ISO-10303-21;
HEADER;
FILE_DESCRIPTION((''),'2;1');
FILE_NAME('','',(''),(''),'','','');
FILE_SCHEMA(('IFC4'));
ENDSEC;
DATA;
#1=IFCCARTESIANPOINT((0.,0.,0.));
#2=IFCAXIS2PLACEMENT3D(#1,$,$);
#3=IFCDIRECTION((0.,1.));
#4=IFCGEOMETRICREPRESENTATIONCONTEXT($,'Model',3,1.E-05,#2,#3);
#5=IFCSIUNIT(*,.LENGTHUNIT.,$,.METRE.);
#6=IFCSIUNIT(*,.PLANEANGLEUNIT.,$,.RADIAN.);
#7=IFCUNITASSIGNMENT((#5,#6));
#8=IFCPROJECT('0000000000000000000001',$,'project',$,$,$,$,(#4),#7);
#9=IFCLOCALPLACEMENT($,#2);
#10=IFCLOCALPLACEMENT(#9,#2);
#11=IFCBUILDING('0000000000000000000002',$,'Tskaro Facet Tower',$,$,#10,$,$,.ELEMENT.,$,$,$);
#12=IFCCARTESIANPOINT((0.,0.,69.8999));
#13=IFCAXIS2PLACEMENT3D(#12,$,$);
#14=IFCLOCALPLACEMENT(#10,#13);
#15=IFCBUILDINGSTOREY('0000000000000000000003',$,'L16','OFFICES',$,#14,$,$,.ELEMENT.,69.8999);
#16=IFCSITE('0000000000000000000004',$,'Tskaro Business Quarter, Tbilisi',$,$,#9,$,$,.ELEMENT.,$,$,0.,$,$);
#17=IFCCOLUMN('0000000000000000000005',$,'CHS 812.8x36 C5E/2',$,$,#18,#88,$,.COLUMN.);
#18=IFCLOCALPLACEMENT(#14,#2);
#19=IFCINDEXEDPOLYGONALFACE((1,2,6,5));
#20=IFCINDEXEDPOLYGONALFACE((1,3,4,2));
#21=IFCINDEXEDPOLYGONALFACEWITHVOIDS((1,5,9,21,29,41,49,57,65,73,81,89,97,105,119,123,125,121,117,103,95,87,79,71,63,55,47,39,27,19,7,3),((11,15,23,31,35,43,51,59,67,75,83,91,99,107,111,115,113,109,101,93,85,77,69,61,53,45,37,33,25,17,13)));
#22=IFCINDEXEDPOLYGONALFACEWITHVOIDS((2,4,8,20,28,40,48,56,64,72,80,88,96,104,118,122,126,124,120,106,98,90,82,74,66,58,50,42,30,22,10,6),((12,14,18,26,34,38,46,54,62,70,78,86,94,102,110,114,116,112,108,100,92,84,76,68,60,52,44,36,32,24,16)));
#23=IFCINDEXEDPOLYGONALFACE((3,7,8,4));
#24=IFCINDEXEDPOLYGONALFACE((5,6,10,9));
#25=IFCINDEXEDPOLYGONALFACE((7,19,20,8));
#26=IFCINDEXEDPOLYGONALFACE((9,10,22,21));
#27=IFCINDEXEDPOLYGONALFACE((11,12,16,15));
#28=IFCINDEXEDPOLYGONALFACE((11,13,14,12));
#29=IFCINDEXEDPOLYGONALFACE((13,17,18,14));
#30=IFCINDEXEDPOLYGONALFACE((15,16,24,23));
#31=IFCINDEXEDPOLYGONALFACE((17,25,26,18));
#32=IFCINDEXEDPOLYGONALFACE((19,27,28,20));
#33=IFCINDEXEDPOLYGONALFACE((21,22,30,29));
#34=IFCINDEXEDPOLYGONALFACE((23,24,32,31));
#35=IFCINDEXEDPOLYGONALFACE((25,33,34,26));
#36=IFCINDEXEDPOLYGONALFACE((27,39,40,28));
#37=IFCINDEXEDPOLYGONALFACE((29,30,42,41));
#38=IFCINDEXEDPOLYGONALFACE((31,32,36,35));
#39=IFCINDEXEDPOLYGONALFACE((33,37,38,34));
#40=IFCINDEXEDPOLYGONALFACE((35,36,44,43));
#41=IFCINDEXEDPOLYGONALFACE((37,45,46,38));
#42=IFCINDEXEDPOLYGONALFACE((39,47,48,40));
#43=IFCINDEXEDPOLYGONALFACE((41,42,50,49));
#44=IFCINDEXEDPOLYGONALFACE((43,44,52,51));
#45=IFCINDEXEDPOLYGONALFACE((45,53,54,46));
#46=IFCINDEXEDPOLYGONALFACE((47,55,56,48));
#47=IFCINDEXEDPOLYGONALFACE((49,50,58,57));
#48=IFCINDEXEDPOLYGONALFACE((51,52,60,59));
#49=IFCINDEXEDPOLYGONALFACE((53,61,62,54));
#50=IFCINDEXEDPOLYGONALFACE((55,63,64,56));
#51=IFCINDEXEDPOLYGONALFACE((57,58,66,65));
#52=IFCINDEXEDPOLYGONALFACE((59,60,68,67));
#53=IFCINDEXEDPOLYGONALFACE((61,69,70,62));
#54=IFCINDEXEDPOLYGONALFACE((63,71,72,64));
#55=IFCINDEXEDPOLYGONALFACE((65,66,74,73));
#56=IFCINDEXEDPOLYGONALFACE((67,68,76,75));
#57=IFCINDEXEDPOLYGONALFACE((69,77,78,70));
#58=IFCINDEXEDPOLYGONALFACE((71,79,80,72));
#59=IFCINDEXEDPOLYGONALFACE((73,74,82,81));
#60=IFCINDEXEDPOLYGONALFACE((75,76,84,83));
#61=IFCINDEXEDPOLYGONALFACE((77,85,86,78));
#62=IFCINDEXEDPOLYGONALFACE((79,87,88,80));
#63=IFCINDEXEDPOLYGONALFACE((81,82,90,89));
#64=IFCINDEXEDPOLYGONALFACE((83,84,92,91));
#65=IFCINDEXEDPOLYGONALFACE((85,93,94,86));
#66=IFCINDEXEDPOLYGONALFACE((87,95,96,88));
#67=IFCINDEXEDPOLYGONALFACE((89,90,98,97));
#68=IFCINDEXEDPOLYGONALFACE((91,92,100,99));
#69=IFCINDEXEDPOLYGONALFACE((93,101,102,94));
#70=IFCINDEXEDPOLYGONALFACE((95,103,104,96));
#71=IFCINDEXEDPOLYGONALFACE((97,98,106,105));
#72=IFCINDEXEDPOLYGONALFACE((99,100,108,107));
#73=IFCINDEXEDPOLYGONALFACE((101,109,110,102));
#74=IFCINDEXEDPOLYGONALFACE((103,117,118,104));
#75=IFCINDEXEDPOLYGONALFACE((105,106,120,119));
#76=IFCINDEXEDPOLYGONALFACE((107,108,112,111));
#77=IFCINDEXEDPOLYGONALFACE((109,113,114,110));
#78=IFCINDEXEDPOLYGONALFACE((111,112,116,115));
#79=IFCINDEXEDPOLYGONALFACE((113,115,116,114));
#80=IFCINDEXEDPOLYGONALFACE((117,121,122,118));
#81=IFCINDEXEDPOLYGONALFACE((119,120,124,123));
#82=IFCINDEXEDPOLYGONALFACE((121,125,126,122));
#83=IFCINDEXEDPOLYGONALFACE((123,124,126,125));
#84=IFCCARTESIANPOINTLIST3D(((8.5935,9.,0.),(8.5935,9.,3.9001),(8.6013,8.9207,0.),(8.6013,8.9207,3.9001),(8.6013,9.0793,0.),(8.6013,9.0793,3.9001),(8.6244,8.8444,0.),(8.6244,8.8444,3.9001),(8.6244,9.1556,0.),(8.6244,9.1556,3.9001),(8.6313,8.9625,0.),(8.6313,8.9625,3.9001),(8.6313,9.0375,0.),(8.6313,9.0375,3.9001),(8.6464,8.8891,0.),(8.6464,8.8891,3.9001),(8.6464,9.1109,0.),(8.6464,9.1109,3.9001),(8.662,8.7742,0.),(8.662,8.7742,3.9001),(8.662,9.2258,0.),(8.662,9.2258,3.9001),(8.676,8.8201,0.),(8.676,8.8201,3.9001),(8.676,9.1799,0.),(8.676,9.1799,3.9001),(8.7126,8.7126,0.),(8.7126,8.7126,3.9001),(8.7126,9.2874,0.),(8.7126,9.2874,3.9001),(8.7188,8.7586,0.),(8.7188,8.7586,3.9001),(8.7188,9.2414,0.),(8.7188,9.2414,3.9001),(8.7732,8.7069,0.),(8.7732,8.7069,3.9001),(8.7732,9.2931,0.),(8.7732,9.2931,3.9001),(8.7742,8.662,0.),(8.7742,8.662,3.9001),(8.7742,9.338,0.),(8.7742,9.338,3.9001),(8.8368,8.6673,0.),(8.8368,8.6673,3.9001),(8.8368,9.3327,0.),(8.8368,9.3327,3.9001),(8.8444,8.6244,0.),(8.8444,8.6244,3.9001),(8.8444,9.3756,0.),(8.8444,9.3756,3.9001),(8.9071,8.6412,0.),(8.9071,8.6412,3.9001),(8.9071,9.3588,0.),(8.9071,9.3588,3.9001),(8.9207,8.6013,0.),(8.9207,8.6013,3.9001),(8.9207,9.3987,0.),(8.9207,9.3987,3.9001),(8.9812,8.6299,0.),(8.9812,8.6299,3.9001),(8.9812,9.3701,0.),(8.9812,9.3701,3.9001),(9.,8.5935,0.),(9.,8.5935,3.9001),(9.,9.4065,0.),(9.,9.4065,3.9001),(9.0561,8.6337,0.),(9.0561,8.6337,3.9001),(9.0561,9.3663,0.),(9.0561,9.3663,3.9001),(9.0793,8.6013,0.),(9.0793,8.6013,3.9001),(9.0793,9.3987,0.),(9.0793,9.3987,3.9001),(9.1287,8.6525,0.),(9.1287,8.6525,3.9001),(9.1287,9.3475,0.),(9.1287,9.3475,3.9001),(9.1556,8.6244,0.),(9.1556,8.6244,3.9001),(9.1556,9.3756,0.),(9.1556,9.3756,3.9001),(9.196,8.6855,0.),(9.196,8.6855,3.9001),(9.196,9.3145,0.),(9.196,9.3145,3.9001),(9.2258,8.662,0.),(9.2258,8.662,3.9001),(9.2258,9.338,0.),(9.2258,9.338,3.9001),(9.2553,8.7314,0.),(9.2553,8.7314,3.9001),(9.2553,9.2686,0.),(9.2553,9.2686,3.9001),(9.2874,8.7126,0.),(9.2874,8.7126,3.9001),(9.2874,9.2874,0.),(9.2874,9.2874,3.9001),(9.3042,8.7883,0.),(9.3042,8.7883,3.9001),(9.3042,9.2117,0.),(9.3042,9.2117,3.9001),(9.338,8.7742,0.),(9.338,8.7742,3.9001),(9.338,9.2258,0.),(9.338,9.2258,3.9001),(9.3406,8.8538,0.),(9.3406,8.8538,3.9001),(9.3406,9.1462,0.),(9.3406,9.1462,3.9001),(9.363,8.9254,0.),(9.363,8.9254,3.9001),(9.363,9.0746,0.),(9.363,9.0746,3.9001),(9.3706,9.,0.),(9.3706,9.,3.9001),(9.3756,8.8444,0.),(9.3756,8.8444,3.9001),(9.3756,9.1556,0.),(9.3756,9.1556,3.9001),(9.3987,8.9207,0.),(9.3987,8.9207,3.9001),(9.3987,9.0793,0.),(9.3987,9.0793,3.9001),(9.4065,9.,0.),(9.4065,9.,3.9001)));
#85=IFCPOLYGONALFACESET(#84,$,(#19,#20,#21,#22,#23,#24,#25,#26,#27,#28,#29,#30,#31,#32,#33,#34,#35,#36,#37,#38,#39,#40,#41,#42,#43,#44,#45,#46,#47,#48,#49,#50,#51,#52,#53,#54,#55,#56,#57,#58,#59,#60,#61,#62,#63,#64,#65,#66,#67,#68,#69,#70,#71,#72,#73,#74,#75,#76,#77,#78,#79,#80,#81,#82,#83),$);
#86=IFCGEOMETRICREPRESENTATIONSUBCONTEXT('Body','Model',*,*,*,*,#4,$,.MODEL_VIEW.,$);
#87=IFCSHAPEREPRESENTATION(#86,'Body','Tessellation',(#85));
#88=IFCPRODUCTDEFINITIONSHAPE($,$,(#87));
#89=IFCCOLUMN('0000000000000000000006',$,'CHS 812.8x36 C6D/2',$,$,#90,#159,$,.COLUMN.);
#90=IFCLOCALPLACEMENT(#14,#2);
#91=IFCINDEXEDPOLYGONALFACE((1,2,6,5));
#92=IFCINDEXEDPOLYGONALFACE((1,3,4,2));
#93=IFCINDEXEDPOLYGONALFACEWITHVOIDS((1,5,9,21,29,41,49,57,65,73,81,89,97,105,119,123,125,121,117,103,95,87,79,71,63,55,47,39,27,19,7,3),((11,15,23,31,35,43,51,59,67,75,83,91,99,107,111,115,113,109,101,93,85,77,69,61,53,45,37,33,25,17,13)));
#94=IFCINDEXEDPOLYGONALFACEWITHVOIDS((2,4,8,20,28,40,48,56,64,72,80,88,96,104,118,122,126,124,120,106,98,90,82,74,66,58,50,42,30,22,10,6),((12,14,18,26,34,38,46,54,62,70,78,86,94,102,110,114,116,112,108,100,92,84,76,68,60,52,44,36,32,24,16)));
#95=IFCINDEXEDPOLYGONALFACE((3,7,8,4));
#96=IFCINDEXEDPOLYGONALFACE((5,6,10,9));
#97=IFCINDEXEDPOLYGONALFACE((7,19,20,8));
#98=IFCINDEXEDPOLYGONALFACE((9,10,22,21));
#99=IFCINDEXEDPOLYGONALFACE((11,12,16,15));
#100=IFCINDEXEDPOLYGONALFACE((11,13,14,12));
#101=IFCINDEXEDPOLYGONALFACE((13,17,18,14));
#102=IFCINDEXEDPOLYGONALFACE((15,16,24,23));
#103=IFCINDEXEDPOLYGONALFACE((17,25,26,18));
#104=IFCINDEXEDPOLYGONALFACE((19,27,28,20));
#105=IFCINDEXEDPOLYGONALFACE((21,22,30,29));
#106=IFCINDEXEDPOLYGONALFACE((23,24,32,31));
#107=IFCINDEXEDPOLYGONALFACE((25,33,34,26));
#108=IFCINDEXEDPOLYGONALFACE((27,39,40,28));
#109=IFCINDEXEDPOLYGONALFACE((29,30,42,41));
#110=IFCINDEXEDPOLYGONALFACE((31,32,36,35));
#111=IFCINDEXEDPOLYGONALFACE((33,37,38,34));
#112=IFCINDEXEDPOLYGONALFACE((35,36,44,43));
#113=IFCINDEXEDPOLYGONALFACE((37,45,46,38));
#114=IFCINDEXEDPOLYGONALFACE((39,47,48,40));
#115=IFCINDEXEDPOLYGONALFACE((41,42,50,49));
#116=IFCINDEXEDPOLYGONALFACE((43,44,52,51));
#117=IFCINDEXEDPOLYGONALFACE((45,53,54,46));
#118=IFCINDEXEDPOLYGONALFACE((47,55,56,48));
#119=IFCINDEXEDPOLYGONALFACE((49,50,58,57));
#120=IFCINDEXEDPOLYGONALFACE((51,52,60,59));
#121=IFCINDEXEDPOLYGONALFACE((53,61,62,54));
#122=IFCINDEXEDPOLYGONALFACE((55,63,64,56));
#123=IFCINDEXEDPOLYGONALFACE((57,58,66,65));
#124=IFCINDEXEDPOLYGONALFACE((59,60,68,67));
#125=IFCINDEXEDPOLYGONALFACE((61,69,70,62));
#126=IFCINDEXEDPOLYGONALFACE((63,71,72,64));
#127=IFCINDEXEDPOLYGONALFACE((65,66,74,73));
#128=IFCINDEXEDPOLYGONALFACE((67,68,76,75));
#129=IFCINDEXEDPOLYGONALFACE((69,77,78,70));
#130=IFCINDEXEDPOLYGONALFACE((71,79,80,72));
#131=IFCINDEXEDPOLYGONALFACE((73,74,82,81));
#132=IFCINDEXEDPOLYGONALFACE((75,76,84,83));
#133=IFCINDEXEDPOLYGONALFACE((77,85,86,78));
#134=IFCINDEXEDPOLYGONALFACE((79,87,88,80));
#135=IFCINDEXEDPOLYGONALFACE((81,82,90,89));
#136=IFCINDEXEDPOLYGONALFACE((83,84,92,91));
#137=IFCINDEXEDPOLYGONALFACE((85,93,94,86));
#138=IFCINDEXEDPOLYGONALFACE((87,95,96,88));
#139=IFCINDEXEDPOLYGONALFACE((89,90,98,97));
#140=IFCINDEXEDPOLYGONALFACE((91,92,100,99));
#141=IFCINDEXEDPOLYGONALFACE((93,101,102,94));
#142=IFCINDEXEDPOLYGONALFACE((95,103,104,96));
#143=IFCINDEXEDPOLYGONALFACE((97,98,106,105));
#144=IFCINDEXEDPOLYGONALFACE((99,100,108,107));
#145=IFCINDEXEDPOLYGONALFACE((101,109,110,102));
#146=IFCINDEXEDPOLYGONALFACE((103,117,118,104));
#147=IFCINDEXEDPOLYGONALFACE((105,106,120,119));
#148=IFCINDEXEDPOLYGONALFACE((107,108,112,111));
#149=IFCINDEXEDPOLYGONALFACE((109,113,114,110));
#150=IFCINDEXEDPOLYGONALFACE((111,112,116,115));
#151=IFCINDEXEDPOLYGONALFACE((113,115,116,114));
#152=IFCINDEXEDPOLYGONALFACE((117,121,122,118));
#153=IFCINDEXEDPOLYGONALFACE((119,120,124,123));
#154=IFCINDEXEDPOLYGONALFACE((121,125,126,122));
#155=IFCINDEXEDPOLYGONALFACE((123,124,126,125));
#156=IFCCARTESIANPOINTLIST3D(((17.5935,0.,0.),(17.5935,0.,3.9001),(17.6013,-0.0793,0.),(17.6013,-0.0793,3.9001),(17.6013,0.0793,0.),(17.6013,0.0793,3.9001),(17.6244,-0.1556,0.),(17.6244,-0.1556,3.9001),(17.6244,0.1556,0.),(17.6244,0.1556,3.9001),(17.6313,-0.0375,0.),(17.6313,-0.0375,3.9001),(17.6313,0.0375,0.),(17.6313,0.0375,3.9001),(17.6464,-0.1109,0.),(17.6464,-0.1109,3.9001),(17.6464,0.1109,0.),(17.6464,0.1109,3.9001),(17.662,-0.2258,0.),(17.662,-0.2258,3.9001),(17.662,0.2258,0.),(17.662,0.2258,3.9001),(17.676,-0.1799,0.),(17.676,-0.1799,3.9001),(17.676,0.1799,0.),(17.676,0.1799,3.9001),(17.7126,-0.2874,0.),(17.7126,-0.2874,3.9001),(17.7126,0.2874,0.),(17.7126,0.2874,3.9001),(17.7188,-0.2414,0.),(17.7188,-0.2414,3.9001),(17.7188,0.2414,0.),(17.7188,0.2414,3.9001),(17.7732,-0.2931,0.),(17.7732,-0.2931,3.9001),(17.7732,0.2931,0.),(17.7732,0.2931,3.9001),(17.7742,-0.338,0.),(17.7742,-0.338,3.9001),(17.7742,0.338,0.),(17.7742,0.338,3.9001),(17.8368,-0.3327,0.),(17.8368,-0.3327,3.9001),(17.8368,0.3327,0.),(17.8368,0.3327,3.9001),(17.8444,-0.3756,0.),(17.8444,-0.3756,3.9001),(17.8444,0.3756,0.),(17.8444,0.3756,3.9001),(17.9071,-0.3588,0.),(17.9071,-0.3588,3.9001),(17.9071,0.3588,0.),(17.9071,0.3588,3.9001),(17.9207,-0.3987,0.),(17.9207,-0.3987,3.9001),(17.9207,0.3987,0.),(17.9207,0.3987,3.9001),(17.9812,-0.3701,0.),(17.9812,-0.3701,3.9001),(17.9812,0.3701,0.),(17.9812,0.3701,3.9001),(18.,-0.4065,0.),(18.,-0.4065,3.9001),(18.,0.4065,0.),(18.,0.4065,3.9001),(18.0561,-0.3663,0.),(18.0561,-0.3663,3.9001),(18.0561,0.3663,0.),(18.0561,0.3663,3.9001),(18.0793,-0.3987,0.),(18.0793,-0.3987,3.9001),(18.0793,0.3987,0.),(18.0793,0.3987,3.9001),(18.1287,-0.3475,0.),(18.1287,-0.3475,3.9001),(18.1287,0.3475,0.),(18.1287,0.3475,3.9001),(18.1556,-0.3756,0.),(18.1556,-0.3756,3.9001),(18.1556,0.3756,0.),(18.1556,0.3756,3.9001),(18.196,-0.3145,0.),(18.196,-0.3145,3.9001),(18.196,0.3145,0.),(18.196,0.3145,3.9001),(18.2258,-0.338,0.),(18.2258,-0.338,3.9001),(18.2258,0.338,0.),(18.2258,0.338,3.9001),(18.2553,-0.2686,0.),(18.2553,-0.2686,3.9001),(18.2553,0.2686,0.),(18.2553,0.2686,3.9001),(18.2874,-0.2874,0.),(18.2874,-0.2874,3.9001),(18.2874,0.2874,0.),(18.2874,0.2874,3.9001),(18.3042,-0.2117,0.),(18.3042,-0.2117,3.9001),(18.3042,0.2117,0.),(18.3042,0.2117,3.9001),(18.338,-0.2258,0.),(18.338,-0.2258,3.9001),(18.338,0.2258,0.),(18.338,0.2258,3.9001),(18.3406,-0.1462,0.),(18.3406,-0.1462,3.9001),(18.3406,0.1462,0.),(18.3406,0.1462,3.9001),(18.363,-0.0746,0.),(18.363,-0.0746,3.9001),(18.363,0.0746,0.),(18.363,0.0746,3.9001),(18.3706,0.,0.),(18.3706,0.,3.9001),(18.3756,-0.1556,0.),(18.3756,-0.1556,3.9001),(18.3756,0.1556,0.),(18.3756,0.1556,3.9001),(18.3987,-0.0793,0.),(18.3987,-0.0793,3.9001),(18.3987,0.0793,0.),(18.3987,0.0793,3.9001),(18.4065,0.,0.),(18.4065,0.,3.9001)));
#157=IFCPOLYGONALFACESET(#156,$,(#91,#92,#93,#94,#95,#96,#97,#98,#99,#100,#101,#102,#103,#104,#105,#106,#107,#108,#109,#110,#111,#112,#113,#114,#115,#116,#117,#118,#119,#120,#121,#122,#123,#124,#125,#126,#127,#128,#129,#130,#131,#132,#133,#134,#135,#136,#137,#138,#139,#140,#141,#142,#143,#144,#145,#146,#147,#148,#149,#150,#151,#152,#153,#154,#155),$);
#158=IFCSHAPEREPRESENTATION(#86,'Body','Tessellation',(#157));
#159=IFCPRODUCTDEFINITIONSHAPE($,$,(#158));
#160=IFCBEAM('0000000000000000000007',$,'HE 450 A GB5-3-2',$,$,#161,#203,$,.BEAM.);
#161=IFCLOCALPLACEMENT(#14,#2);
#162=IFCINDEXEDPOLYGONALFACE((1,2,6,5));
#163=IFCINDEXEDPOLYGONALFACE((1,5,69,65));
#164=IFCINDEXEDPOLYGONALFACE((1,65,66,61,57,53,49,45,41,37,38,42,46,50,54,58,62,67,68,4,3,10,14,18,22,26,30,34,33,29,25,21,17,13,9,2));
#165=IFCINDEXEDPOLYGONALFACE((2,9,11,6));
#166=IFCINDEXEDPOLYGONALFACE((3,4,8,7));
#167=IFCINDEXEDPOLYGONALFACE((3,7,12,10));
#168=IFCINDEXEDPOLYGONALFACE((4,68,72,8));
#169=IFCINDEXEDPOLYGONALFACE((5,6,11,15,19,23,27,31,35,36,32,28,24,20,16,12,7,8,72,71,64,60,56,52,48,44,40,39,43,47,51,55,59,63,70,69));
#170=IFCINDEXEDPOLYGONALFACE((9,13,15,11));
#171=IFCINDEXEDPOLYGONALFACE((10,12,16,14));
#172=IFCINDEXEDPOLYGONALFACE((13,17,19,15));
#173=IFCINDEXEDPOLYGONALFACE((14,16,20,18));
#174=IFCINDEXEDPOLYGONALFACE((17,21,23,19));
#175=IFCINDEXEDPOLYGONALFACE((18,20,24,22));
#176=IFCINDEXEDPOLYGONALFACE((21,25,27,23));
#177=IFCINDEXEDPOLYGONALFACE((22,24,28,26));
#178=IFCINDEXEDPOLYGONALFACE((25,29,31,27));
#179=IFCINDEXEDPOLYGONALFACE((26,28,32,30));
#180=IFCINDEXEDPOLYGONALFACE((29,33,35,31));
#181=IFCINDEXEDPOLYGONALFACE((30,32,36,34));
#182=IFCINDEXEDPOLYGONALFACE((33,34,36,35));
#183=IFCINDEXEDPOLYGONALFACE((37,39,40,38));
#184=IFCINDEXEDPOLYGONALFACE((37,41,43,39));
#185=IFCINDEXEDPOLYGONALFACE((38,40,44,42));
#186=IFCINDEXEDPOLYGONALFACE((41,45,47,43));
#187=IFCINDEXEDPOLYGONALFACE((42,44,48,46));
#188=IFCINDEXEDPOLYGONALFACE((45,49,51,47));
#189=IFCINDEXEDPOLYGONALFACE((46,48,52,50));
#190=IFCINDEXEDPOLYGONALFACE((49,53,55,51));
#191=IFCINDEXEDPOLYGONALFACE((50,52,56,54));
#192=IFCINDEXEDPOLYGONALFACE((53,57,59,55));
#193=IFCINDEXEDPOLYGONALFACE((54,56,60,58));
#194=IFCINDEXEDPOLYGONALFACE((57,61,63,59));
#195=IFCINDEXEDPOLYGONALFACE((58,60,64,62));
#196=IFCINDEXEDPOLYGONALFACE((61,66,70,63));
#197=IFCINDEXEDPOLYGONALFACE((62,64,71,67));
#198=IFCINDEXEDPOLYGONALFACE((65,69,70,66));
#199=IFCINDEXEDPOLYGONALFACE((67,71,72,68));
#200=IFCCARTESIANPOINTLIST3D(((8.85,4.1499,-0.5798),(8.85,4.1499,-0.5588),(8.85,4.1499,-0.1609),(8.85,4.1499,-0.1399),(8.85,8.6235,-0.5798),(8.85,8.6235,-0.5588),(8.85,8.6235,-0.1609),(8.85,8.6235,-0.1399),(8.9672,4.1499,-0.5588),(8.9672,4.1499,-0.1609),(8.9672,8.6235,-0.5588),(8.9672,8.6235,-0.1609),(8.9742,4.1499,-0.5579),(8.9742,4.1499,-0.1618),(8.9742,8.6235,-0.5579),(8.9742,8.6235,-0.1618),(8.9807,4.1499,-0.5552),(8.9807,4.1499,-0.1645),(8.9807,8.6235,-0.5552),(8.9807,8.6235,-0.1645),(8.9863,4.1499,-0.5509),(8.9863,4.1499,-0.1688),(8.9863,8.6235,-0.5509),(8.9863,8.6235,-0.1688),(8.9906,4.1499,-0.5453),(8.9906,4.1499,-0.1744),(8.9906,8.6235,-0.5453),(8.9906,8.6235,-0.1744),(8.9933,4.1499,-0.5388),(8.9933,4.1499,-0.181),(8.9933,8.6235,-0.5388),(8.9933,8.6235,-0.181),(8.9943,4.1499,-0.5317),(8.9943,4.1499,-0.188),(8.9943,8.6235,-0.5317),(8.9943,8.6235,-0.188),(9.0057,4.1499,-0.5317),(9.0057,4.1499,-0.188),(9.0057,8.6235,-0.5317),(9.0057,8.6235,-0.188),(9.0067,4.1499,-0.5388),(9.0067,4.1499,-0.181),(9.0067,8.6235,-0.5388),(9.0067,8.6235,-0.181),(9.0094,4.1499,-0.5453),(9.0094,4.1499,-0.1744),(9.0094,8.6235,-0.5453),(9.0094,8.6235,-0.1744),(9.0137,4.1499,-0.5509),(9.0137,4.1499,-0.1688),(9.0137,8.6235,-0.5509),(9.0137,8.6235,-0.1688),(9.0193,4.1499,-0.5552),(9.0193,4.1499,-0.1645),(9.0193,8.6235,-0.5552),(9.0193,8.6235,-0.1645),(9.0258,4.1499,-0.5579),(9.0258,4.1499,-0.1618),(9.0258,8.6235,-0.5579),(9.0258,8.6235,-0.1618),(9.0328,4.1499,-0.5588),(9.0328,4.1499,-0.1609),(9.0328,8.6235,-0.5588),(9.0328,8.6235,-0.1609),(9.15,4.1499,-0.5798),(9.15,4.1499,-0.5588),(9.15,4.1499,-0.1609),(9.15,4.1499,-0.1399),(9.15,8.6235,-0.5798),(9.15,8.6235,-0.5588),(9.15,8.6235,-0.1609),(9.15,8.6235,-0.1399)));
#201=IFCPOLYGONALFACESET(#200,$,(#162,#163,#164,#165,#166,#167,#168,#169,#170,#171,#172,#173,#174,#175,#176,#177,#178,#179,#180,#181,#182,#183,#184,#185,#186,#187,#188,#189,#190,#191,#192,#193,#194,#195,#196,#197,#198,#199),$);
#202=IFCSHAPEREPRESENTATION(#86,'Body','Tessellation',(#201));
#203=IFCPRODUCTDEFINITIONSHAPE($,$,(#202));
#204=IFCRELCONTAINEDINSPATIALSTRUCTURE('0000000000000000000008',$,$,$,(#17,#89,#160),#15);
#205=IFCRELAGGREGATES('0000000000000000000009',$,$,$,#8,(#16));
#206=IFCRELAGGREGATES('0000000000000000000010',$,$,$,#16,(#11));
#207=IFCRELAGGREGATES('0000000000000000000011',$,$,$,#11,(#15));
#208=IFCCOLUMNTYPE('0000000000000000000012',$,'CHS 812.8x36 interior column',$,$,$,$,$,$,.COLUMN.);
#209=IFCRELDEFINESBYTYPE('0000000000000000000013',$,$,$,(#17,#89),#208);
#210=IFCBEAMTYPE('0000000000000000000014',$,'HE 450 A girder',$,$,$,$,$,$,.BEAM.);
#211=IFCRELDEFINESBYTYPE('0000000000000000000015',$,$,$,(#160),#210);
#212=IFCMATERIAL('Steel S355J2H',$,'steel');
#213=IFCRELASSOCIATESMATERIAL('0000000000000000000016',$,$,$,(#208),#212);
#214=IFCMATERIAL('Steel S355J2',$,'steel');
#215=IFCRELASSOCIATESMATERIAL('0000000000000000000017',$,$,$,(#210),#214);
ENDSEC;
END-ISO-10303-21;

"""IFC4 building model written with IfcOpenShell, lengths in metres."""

from ifc_helpers import new_model, si_unit, direction, frame, origin, origin_2d, place, context, subcontext, project, spatial, hollow_circle, i_section, extrude, material, material_profile, profile_set, type_object, element, save


model = new_model("IFC4")

# Units and contexts
model_context = context("Model", 3, precision=1e-05, world=origin(), true_north=direction((0.0, 1.0)))
body_context = subcontext(model_context, "Body", "Model", "MODEL_VIEW")
ifc_project = project(units=[si_unit("LENGTHUNIT", "METRE"), si_unit("PLANEANGLEUNIT", "RADIAN")], contexts=[model_context])

# Site, building, storey
site_placement = place(None, origin())
site = spatial("IfcSite", under=ifc_project, at=site_placement, Name="Tskaro Business Quarter, Tbilisi", CompositionType="ELEMENT", RefElevation=0.0)
building_placement = place(site_placement, origin())
building = spatial("IfcBuilding", under=site, at=building_placement, Name="Tskaro Facet Tower", CompositionType="ELEMENT")
storey_placement = place(building_placement, frame((0.0, 0.0, 69.8999)))
storey = spatial("IfcBuildingStorey", under=building, at=storey_placement, Name="L16", Description="OFFICES", CompositionType="ELEMENT", Elevation=69.8999)

# Columns
ifc_material_1 = material(Name="Steel S355J2H", Category="steel")
ifc_material_profile_1 = material_profile(ifc_material_1, hollow_circle(Radius=0.4065, WallThickness=0.0359, at=origin_2d()), Name="CHS 812.8x36")
ifc_profile_set_1 = profile_set([ifc_material_profile_1], Name="Steel S355J2H")
column_type = type_object("IfcColumnType", Name="CHS 812.8x36 interior column", PredefinedType="COLUMN", material=ifc_profile_set_1)
for number, where, z_axis, x_axis, name in (
    (1, (9.0, 9.0, 0.0), (0.0, 0.0, 1.0), (1.0, 0.0, 0.0), "CHS 812.8x36 C5E/2"),
    (2, (18.0, 0.0, 0.0), (0.0, 0.0, 1.0), (1.0, 0.0, 0.0), "CHS 812.8x36 C6D/2"),
):
    element("IfcColumn", number, at=place(storey_placement, frame(where, z_axis=z_axis, x_axis=x_axis)), inside=storey, type_object=column_type, Name=name, PredefinedType="COLUMN", context=body_context, shape_type="SweptSolid", body=[
        extrude(hollow_circle(Radius=0.4065, WallThickness=0.0359, at=origin_2d()), origin(), (0.0, 0.0, 1.0), 3.9001),
    ])

# Beam
ifc_material_2 = material(Name="Steel S355J2", Category="steel")
ifc_material_profile_2 = material_profile(ifc_material_2, i_section(OverallWidth=0.3, OverallDepth=0.4399, WebThickness=0.0115, FlangeThickness=0.021, FilletRadius=0.0271, at=origin_2d()), Name="HE 450 A")
ifc_profile_set_2 = profile_set([ifc_material_profile_2], Name="Steel S355J2")
beam_type_1 = type_object("IfcBeamType", Name="HE 450 A girder", PredefinedType="BEAM", material=ifc_profile_set_2)
beam_placement = place(storey_placement, frame((9.0, 4.1499, -0.3599), z_axis=(0.0, 1.0, 0.0), x_axis=(-1.0, 0.0, 0.0)))
element("IfcBeam", 3, at=beam_placement, inside=storey, type_object=beam_type_1, Name="HE 450 A GB5-3-2", PredefinedType="BEAM", context=body_context, shape_type="SweptSolid", body=[
    extrude(i_section(OverallWidth=0.3, OverallDepth=0.4399, WebThickness=0.0115, FlangeThickness=0.021, FilletRadius=0.0271, at=origin_2d()), origin(), (0.0, 0.0, 1.0), 4.4736),
])

save(model, "model.ifc")
